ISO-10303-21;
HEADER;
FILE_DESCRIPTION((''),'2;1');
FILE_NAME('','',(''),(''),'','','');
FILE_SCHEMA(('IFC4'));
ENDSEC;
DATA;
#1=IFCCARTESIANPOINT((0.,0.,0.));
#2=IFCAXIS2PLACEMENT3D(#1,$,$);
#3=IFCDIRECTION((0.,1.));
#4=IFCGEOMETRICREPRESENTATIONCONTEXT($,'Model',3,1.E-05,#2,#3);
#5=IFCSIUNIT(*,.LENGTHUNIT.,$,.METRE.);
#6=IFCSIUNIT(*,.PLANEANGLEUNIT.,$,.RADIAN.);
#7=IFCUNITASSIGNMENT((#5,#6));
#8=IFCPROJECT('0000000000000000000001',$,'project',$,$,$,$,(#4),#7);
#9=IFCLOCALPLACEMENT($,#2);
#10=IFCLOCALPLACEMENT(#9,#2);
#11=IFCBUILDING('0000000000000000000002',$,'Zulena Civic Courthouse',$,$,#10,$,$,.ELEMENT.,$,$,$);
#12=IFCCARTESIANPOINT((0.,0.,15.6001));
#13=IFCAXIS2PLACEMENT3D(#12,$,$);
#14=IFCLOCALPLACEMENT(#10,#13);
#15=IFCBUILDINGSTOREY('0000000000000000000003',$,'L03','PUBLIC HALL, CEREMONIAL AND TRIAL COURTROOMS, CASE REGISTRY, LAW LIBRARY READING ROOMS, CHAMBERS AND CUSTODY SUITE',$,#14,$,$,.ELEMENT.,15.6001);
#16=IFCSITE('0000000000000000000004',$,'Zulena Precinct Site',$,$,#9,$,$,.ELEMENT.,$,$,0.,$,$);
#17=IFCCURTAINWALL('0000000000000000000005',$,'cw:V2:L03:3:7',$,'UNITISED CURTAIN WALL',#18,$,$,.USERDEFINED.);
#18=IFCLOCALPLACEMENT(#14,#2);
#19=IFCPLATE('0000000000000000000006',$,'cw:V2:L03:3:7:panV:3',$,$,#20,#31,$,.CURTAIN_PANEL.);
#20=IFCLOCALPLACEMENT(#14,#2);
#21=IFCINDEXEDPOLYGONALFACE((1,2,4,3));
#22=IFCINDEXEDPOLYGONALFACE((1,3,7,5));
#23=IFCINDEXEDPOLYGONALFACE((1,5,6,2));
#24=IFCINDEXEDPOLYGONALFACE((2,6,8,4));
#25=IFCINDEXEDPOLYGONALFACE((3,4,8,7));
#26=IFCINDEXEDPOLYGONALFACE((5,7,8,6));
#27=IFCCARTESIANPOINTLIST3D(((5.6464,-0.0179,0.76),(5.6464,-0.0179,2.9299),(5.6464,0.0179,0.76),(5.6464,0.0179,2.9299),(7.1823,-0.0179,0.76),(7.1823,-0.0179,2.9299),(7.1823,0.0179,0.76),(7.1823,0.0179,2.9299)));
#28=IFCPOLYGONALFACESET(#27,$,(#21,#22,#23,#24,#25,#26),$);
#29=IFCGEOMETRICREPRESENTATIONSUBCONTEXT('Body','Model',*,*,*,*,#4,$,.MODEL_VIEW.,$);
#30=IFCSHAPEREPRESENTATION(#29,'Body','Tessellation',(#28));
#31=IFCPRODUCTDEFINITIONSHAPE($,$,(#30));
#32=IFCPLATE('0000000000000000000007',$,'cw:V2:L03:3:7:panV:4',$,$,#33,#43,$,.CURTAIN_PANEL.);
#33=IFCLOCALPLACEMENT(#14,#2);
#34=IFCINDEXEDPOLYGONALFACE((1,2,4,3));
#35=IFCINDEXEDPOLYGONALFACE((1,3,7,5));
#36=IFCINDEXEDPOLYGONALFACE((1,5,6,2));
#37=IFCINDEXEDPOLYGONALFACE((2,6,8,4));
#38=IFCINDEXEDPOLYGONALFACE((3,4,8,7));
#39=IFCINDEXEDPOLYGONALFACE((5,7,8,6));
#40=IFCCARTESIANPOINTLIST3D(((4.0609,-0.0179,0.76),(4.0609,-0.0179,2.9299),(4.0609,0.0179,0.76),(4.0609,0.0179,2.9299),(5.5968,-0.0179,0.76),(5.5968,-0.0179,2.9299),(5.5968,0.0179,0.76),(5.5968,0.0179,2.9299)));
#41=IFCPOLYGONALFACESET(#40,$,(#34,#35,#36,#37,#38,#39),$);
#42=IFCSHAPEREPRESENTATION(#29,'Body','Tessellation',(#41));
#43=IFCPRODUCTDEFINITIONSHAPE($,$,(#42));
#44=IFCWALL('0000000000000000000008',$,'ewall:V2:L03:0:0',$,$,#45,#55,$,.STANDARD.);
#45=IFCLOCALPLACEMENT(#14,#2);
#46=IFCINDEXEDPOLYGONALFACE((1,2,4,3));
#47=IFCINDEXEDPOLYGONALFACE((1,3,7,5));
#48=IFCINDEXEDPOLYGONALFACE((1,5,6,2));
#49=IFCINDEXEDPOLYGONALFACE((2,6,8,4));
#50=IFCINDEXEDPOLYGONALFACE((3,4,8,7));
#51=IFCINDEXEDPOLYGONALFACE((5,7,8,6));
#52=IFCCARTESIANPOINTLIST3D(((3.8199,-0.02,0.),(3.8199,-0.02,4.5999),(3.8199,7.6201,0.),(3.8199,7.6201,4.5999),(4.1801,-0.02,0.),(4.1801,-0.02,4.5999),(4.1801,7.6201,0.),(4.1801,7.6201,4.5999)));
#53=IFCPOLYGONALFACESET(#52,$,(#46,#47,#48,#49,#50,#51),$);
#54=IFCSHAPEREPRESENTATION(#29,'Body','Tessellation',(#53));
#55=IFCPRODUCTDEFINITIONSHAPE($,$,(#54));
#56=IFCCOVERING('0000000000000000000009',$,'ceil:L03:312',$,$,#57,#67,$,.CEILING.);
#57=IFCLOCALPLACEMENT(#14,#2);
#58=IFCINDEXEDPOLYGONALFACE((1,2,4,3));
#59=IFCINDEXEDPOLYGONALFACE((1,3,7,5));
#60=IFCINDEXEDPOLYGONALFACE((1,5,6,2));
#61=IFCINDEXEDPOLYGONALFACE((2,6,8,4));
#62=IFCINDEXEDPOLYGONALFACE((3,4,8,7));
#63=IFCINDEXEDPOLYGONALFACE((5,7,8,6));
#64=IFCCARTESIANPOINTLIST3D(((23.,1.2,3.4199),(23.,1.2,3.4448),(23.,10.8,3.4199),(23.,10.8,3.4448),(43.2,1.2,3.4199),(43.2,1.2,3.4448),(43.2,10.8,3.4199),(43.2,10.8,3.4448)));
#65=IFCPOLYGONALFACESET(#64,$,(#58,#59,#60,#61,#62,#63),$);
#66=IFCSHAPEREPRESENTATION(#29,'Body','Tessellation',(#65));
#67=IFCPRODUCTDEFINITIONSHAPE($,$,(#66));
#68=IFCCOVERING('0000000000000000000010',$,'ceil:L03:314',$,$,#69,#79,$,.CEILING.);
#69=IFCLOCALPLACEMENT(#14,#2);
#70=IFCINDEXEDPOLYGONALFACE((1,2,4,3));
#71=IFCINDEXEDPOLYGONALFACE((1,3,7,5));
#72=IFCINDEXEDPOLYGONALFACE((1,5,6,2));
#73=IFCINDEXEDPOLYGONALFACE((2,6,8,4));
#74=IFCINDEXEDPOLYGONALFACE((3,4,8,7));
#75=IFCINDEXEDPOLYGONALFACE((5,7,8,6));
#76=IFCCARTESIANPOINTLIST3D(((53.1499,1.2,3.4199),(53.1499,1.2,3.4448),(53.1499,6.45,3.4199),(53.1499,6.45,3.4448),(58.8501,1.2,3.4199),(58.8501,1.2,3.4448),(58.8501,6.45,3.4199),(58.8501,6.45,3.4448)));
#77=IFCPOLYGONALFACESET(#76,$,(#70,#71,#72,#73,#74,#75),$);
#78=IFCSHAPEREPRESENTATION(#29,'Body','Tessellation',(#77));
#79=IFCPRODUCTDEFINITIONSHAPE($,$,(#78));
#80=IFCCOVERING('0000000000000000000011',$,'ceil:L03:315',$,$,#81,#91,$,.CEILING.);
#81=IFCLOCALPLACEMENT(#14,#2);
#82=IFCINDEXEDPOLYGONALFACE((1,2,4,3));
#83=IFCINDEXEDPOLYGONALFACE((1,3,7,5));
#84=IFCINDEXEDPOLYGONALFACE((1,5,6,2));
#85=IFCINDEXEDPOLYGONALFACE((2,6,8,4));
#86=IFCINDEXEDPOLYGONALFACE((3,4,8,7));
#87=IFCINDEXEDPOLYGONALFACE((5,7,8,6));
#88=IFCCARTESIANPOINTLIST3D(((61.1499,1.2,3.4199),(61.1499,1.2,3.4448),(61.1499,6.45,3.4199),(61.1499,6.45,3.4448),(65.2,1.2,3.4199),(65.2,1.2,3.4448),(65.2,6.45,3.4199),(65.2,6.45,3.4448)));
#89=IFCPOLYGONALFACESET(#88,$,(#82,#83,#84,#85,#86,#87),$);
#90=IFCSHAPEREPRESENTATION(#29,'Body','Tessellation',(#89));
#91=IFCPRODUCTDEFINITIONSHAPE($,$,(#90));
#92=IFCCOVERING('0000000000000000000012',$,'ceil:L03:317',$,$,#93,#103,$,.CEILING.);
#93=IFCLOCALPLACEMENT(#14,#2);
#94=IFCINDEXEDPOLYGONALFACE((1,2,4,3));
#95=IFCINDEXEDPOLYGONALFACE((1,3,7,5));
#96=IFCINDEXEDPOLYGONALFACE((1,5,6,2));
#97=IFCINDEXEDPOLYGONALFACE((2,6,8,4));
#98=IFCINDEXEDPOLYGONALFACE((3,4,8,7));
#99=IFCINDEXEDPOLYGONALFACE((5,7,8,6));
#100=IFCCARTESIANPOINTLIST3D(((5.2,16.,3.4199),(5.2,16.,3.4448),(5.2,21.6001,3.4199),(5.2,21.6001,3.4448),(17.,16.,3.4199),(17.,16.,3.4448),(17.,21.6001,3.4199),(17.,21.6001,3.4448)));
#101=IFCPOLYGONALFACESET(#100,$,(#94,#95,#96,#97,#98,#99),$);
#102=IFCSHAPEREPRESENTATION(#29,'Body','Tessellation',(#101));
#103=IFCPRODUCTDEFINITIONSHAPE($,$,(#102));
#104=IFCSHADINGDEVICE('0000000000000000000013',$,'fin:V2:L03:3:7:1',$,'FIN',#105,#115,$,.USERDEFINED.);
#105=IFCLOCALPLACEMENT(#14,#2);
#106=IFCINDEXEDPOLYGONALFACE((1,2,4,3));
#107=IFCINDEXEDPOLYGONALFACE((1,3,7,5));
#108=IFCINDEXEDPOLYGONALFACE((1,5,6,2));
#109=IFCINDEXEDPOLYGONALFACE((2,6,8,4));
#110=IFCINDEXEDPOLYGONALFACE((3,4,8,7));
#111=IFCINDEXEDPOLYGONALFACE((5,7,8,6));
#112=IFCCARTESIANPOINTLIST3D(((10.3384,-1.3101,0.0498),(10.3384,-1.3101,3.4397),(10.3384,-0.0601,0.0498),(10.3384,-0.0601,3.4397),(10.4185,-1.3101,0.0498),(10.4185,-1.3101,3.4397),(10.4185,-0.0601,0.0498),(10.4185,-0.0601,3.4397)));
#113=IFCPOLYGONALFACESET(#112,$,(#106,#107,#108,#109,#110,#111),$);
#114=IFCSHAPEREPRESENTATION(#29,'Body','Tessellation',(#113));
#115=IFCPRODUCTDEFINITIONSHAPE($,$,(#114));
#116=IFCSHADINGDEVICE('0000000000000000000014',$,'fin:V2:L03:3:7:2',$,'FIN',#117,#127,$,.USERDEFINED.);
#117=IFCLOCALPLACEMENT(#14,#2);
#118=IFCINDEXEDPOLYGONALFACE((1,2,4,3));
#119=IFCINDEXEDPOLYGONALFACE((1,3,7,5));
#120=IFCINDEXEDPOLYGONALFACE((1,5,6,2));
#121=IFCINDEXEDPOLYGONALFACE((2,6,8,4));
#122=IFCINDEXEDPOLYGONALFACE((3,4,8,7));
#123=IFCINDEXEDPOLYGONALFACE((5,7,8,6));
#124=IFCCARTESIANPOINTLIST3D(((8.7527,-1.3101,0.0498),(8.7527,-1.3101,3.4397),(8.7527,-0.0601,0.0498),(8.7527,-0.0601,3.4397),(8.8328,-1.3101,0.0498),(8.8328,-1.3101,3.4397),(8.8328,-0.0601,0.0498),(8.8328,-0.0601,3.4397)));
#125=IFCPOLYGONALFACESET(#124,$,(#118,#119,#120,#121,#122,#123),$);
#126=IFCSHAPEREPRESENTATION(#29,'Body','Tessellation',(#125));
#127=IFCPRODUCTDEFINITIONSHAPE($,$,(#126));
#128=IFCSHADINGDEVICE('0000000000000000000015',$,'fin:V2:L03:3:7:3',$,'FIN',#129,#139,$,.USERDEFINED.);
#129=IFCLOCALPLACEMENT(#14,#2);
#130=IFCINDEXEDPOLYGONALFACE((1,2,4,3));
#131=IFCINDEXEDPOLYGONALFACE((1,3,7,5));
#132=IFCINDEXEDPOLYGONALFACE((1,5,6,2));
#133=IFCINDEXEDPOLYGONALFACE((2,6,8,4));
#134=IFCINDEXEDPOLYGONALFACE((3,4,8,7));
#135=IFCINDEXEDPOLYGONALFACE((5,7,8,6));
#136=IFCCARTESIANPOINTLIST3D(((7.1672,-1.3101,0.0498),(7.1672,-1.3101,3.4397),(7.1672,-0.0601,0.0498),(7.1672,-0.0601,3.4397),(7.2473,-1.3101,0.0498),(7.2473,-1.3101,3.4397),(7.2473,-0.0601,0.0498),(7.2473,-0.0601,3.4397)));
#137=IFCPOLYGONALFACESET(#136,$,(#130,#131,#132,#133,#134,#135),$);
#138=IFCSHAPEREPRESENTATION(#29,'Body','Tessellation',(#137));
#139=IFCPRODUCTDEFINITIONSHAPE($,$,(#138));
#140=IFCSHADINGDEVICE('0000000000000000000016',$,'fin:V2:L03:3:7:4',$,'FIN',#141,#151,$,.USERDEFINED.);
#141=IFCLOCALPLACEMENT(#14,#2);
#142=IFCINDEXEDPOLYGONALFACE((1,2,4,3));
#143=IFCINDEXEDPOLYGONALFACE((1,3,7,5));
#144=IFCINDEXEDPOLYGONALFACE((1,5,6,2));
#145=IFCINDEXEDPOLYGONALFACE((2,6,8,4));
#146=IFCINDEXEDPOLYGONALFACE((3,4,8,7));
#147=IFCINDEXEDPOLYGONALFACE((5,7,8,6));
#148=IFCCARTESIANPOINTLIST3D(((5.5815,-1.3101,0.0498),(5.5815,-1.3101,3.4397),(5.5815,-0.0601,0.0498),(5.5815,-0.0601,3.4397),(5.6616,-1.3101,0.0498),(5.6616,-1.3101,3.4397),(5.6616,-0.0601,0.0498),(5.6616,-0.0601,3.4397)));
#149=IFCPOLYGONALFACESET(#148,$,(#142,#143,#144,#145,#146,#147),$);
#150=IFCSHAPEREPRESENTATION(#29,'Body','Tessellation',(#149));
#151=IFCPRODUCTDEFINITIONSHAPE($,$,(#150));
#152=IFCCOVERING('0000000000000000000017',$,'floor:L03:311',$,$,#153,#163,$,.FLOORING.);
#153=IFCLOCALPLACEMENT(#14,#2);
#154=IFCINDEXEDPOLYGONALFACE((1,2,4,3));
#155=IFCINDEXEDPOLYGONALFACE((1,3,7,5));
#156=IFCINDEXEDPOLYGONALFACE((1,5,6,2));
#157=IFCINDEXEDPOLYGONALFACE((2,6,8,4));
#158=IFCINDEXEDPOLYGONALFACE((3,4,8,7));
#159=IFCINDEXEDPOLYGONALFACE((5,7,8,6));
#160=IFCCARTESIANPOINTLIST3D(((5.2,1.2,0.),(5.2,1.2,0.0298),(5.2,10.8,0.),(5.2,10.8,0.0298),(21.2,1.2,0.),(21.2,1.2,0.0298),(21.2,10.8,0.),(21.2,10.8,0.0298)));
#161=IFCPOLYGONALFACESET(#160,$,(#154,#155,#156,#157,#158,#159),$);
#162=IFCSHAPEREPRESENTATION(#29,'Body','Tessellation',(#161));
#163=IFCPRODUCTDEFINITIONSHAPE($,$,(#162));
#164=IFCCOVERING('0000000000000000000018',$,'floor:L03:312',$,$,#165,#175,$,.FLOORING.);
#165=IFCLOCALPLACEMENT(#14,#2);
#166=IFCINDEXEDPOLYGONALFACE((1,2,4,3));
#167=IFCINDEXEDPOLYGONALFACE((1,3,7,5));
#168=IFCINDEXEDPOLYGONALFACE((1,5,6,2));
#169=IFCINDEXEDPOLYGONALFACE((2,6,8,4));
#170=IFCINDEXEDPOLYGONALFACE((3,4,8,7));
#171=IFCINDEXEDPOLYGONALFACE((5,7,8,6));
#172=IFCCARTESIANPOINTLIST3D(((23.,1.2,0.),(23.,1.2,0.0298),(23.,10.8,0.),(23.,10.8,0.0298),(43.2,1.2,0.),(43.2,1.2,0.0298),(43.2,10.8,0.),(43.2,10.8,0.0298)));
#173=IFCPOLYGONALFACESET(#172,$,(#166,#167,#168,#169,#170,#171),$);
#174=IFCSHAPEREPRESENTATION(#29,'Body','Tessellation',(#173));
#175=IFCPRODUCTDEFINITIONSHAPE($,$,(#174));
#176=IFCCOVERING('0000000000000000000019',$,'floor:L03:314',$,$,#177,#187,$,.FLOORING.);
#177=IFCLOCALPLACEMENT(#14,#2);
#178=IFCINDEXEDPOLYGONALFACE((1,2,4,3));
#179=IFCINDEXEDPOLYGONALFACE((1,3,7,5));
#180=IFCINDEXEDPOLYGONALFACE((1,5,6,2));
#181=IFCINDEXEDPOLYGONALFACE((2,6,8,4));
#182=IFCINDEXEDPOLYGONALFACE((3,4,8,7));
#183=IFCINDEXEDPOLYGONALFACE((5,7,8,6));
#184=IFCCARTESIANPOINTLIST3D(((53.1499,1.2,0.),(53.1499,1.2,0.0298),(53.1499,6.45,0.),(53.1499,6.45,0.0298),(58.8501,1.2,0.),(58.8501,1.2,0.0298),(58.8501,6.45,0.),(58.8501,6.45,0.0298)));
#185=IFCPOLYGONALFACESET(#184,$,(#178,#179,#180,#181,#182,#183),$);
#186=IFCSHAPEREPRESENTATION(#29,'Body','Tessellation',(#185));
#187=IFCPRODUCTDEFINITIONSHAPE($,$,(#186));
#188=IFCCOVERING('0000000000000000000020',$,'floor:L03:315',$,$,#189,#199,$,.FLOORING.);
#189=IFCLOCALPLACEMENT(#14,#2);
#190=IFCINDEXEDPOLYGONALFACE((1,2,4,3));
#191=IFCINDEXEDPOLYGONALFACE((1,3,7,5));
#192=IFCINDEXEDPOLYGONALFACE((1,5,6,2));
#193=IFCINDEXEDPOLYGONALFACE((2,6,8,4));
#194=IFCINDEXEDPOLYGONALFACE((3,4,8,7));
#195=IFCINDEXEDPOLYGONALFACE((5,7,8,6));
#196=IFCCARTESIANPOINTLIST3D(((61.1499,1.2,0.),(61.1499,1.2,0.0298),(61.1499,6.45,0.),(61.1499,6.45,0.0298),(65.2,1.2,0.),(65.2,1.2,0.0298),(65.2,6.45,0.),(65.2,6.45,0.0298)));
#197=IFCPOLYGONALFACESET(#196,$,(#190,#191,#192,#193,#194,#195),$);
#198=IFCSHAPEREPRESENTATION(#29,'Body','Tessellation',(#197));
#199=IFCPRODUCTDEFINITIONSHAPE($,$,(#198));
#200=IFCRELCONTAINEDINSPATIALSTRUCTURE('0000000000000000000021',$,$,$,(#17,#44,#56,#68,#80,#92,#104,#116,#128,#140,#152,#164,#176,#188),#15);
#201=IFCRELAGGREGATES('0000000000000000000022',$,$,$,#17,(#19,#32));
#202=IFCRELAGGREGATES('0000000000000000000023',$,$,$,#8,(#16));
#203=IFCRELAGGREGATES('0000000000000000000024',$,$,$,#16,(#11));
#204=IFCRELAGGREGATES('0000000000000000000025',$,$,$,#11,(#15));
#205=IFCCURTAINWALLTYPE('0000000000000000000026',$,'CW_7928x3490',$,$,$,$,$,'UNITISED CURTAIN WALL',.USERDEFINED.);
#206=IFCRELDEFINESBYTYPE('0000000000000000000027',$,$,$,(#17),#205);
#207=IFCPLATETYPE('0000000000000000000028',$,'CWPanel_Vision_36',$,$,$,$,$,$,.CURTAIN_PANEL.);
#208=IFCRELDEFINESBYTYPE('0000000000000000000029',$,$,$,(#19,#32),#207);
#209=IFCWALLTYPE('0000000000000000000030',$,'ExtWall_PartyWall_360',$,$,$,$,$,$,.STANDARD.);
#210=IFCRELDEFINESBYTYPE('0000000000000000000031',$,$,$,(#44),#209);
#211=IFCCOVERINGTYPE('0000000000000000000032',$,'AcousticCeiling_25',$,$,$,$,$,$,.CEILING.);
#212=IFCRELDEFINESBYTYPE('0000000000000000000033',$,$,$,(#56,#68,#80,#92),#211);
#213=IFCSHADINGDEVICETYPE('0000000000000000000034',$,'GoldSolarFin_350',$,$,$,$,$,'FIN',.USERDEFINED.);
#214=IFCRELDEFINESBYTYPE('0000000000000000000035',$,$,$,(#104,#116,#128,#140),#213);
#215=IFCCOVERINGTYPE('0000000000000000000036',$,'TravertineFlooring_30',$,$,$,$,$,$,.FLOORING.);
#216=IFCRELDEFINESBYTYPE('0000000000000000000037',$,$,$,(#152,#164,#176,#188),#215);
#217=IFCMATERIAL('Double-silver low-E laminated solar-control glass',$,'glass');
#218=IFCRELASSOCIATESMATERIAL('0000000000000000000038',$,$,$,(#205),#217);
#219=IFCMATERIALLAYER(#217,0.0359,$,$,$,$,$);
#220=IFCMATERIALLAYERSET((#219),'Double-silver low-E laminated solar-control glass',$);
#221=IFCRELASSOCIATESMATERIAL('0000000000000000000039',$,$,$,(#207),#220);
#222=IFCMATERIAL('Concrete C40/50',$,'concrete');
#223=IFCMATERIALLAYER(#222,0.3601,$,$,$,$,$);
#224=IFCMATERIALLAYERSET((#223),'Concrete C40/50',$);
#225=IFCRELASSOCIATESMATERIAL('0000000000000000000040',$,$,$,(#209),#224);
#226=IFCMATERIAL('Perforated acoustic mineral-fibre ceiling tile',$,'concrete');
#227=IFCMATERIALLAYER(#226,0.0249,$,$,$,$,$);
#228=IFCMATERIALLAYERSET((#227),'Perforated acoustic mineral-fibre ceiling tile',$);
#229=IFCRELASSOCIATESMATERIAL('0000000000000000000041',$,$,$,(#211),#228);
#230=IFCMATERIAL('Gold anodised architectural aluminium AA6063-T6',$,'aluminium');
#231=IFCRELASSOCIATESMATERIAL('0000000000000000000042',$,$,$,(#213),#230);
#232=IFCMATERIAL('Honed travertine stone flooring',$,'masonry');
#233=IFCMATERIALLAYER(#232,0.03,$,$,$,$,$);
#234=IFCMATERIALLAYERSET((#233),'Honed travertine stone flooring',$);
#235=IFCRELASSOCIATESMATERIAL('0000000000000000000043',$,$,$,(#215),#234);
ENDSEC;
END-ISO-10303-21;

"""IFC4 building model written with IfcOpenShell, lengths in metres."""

from ifc_helpers import new_model, si_unit, direction, frame, frame_2d, origin, origin_2d, place, context, subcontext, project, spatial, polyline, rectangle, outline, extrude, material, layer, layer_set, type_object, element, aggregate, save


model = new_model("IFC4")

# Units and contexts
model_context = context("Model", 3, precision=1e-05, world=origin(), true_north=direction((0.0, 1.0)))
body_context = subcontext(model_context, "Body", "Model", "MODEL_VIEW")
ifc_project = project(units=[si_unit("LENGTHUNIT", "METRE"), si_unit("PLANEANGLEUNIT", "RADIAN")], contexts=[model_context])

# Site, building, storey
site_placement = place(None, origin())
site = spatial("IfcSite", under=ifc_project, at=site_placement, Name="Zulena Precinct Site", CompositionType="ELEMENT", RefElevation=0.0)
building_placement = place(site_placement, origin())
building = spatial("IfcBuilding", under=site, at=building_placement, Name="Zulena Civic Courthouse", CompositionType="ELEMENT")
storey_placement = place(building_placement, frame((0.0, 0.0, 15.6001)))
storey = spatial("IfcBuildingStorey", under=building, at=storey_placement, Name="L03", Description="PUBLIC HALL, CEREMONIAL AND TRIAL COURTROOMS, CASE REGISTRY, LAW LIBRARY READING ROOMS, CHAMBERS AND CUSTODY SUITE", CompositionType="ELEMENT", Elevation=15.6001)

# Curtain wall
ifc_material_1 = material(Name="Double-silver low-E laminated solar-control glass", Category="glass")
curtain_wall_type = type_object("IfcCurtainWallType", Name="CW_7928x3490", ElementType="UNITISED CURTAIN WALL", PredefinedType="USERDEFINED", material=ifc_material_1)
curtain_wall_placement = place(storey_placement, origin())
curtain_wall = element("IfcCurtainWall", 1, at=curtain_wall_placement, inside=storey, type_object=curtain_wall_type, Name="cw:V2:L03:3:7", ObjectType="UNITISED CURTAIN WALL", PredefinedType="USERDEFINED")

# Plates
ifc_layer_1 = layer(ifc_material_1, 0.0359)
ifc_layer_set_1 = layer_set([ifc_layer_1], Name="Double-silver low-E laminated solar-control glass")
plate_type_1 = type_object("IfcPlateType", Name="CWPanel_Vision_36", PredefinedType="CURTAIN_PANEL", material=ifc_layer_set_1)
plate_1_placement = place(storey_placement, frame((6.4143, 0.0, 0.76), z_axis=(0.0, 0.0, 1.0), x_axis=(-1.0, 0.0, 0.0)))
plate_1 = element("IfcPlate", 2, at=plate_1_placement, type_object=plate_type_1, Name="cw:V2:L03:3:7:panV:3", PredefinedType="CURTAIN_PANEL", context=body_context, shape_type="SweptSolid", body=[
    extrude(rectangle(XDim=1.5359, YDim=0.0359, at=origin_2d()), origin(), (0.0, 0.0, 1.0), 2.1699),
])
plate_2_placement = place(storey_placement, frame((4.8289, 0.0, 0.76), z_axis=(0.0, 0.0, 1.0), x_axis=(-1.0, 0.0, 0.0)))
plate_2 = element("IfcPlate", 3, at=plate_2_placement, type_object=plate_type_1, Name="cw:V2:L03:3:7:panV:4", PredefinedType="CURTAIN_PANEL", context=body_context, shape_type="SweptSolid", body=[
    extrude(rectangle(XDim=1.5359, YDim=0.0359, at=origin_2d()), origin(), (0.0, 0.0, 1.0), 2.1699),
])
aggregate(curtain_wall, [plate_1, plate_2])

# Wall
ifc_material_2 = material(Name="Concrete C40/50", Category="concrete")
ifc_layer_2 = layer(ifc_material_2, 0.3601)
ifc_layer_set_2 = layer_set([ifc_layer_2], Name="Concrete C40/50")
wall_type = type_object("IfcWallType", Name="ExtWall_PartyWall_360", PredefinedType="STANDARD", material=ifc_layer_set_2)
wall_placement = place(storey_placement, frame((4.0, -0.02, 0.0), z_axis=(0.0, 0.0, 1.0), x_axis=(0.0, 1.0, 0.0)))
element("IfcWall", 4, at=wall_placement, inside=storey, type_object=wall_type, Name="ewall:V2:L03:0:0", PredefinedType="STANDARD", context=body_context, shape_type="SweptSolid", body=[
    extrude(rectangle(XDim=7.6401, YDim=0.3601, at=frame_2d((3.8201, 0.0))), origin(), (0.0, 0.0, 1.0), 4.5999),
])

# Coverings
ifc_material_3 = material(Name="Perforated acoustic mineral-fibre ceiling tile", Category="concrete")
ifc_layer_3 = layer(ifc_material_3, 0.0249)
ifc_layer_set_3 = layer_set([ifc_layer_3], Name="Perforated acoustic mineral-fibre ceiling tile")
covering_type_1 = type_object("IfcCoveringType", Name="AcousticCeiling_25", PredefinedType="CEILING", material=ifc_layer_set_3)
covering_1_placement = place(storey_placement, frame((0.0, 0.0, 3.4199)))
element("IfcCovering", 5, at=covering_1_placement, inside=storey, type_object=covering_type_1, Name="ceil:L03:312", PredefinedType="CEILING", context=body_context, shape_type="SweptSolid", body=[
    extrude(outline(polyline([(23.0, 1.2), (43.2, 1.2), (43.2, 10.8), (23.0, 10.8), (23.0, 1.2)])), origin(), (0.0, 0.0, 1.0), 0.0249),
])
covering_2_placement = place(storey_placement, frame((0.0, 0.0, 3.4199)))
element("IfcCovering", 6, at=covering_2_placement, inside=storey, type_object=covering_type_1, Name="ceil:L03:314", PredefinedType="CEILING", context=body_context, shape_type="SweptSolid", body=[
    extrude(outline(polyline([(53.1499, 1.2), (58.8501, 1.2), (58.8501, 6.45), (53.1499, 6.45), (53.1499, 1.2)])), origin(), (0.0, 0.0, 1.0), 0.0249),
])
covering_3_placement = place(storey_placement, frame((0.0, 0.0, 3.4199)))
element("IfcCovering", 7, at=covering_3_placement, inside=storey, type_object=covering_type_1, Name="ceil:L03:315", PredefinedType="CEILING", context=body_context, shape_type="SweptSolid", body=[
    extrude(outline(polyline([(61.1499, 1.2), (65.2, 1.2), (65.2, 6.45), (61.1499, 6.45), (61.1499, 1.2)])), origin(), (0.0, 0.0, 1.0), 0.0249),
])
covering_4_placement = place(storey_placement, frame((0.0, 0.0, 3.4199)))
element("IfcCovering", 8, at=covering_4_placement, inside=storey, type_object=covering_type_1, Name="ceil:L03:317", PredefinedType="CEILING", context=body_context, shape_type="SweptSolid", body=[
    extrude(outline(polyline([(5.2, 16.0), (17.0, 16.0), (17.0, 21.6001), (5.2, 21.6001), (5.2, 16.0)])), origin(), (0.0, 0.0, 1.0), 0.0249),
])

# Shading devices
ifc_material_4 = material(Name="Gold anodised architectural aluminium AA6063-T6", Category="aluminium")
shading_device_type = type_object("IfcShadingDeviceType", Name="GoldSolarFin_350", ElementType="FIN", PredefinedType="USERDEFINED", material=ifc_material_4)
for number, where, z_axis, x_axis, name in (
    (9, (10.3784, -0.6851, 0.0498), (0.0, 0.0, 1.0), (0.0, -1.0, 0.0), "fin:V2:L03:3:7:1"),
    (10, (8.7927, -0.6851, 0.0498), (0.0, 0.0, 1.0), (0.0, -1.0, 0.0), "fin:V2:L03:3:7:2"),
    (11, (7.2073, -0.6851, 0.0498), (0.0, 0.0, 1.0), (0.0, -1.0, 0.0), "fin:V2:L03:3:7:3"),
    (12, (5.6216, -0.6851, 0.0498), (0.0, 0.0, 1.0), (0.0, -1.0, 0.0), "fin:V2:L03:3:7:4"),
):
    element("IfcShadingDevice", number, at=place(storey_placement, frame(where, z_axis=z_axis, x_axis=x_axis)), inside=storey, type_object=shading_device_type, Name=name, ObjectType="FIN", PredefinedType="USERDEFINED", context=body_context, shape_type="SweptSolid", body=[
        extrude(rectangle(XDim=1.25, YDim=0.0801, at=origin_2d()), origin(), (0.0, 0.0, 1.0), 3.3899),
    ])

# Coverings
ifc_material_5 = material(Name="Honed travertine stone flooring", Category="masonry")
ifc_layer_4 = layer(ifc_material_5, 0.03)
ifc_layer_set_4 = layer_set([ifc_layer_4], Name="Honed travertine stone flooring")
covering_type_2 = type_object("IfcCoveringType", Name="TravertineFlooring_30", PredefinedType="FLOORING", material=ifc_layer_set_4)
covering_5_placement = place(storey_placement, origin())
element("IfcCovering", 13, at=covering_5_placement, inside=storey, type_object=covering_type_2, Name="floor:L03:311", PredefinedType="FLOORING", context=body_context, shape_type="SweptSolid", body=[
    extrude(outline(polyline([(5.2, 1.2), (21.2, 1.2), (21.2, 10.8), (5.2, 10.8), (5.2, 1.2)])), origin(), (0.0, 0.0, 1.0), 0.0298),
])
covering_6_placement = place(storey_placement, origin())
element("IfcCovering", 14, at=covering_6_placement, inside=storey, type_object=covering_type_2, Name="floor:L03:312", PredefinedType="FLOORING", context=body_context, shape_type="SweptSolid", body=[
    extrude(outline(polyline([(23.0, 1.2), (43.2, 1.2), (43.2, 10.8), (23.0, 10.8), (23.0, 1.2)])), origin(), (0.0, 0.0, 1.0), 0.0298),
])
covering_7_placement = place(storey_placement, origin())
element("IfcCovering", 15, at=covering_7_placement, inside=storey, type_object=covering_type_2, Name="floor:L03:314", PredefinedType="FLOORING", context=body_context, shape_type="SweptSolid", body=[
    extrude(outline(polyline([(53.1499, 1.2), (58.8501, 1.2), (58.8501, 6.45), (53.1499, 6.45), (53.1499, 1.2)])), origin(), (0.0, 0.0, 1.0), 0.0298),
])
covering_8_placement = place(storey_placement, origin())
element("IfcCovering", 16, at=covering_8_placement, inside=storey, type_object=covering_type_2, Name="floor:L03:315", PredefinedType="FLOORING", context=body_context, shape_type="SweptSolid", body=[
    extrude(outline(polyline([(61.1499, 1.2), (65.2, 1.2), (65.2, 6.45), (61.1499, 6.45), (61.1499, 1.2)])), origin(), (0.0, 0.0, 1.0), 0.0298),
])

save(model, "model.ifc")
